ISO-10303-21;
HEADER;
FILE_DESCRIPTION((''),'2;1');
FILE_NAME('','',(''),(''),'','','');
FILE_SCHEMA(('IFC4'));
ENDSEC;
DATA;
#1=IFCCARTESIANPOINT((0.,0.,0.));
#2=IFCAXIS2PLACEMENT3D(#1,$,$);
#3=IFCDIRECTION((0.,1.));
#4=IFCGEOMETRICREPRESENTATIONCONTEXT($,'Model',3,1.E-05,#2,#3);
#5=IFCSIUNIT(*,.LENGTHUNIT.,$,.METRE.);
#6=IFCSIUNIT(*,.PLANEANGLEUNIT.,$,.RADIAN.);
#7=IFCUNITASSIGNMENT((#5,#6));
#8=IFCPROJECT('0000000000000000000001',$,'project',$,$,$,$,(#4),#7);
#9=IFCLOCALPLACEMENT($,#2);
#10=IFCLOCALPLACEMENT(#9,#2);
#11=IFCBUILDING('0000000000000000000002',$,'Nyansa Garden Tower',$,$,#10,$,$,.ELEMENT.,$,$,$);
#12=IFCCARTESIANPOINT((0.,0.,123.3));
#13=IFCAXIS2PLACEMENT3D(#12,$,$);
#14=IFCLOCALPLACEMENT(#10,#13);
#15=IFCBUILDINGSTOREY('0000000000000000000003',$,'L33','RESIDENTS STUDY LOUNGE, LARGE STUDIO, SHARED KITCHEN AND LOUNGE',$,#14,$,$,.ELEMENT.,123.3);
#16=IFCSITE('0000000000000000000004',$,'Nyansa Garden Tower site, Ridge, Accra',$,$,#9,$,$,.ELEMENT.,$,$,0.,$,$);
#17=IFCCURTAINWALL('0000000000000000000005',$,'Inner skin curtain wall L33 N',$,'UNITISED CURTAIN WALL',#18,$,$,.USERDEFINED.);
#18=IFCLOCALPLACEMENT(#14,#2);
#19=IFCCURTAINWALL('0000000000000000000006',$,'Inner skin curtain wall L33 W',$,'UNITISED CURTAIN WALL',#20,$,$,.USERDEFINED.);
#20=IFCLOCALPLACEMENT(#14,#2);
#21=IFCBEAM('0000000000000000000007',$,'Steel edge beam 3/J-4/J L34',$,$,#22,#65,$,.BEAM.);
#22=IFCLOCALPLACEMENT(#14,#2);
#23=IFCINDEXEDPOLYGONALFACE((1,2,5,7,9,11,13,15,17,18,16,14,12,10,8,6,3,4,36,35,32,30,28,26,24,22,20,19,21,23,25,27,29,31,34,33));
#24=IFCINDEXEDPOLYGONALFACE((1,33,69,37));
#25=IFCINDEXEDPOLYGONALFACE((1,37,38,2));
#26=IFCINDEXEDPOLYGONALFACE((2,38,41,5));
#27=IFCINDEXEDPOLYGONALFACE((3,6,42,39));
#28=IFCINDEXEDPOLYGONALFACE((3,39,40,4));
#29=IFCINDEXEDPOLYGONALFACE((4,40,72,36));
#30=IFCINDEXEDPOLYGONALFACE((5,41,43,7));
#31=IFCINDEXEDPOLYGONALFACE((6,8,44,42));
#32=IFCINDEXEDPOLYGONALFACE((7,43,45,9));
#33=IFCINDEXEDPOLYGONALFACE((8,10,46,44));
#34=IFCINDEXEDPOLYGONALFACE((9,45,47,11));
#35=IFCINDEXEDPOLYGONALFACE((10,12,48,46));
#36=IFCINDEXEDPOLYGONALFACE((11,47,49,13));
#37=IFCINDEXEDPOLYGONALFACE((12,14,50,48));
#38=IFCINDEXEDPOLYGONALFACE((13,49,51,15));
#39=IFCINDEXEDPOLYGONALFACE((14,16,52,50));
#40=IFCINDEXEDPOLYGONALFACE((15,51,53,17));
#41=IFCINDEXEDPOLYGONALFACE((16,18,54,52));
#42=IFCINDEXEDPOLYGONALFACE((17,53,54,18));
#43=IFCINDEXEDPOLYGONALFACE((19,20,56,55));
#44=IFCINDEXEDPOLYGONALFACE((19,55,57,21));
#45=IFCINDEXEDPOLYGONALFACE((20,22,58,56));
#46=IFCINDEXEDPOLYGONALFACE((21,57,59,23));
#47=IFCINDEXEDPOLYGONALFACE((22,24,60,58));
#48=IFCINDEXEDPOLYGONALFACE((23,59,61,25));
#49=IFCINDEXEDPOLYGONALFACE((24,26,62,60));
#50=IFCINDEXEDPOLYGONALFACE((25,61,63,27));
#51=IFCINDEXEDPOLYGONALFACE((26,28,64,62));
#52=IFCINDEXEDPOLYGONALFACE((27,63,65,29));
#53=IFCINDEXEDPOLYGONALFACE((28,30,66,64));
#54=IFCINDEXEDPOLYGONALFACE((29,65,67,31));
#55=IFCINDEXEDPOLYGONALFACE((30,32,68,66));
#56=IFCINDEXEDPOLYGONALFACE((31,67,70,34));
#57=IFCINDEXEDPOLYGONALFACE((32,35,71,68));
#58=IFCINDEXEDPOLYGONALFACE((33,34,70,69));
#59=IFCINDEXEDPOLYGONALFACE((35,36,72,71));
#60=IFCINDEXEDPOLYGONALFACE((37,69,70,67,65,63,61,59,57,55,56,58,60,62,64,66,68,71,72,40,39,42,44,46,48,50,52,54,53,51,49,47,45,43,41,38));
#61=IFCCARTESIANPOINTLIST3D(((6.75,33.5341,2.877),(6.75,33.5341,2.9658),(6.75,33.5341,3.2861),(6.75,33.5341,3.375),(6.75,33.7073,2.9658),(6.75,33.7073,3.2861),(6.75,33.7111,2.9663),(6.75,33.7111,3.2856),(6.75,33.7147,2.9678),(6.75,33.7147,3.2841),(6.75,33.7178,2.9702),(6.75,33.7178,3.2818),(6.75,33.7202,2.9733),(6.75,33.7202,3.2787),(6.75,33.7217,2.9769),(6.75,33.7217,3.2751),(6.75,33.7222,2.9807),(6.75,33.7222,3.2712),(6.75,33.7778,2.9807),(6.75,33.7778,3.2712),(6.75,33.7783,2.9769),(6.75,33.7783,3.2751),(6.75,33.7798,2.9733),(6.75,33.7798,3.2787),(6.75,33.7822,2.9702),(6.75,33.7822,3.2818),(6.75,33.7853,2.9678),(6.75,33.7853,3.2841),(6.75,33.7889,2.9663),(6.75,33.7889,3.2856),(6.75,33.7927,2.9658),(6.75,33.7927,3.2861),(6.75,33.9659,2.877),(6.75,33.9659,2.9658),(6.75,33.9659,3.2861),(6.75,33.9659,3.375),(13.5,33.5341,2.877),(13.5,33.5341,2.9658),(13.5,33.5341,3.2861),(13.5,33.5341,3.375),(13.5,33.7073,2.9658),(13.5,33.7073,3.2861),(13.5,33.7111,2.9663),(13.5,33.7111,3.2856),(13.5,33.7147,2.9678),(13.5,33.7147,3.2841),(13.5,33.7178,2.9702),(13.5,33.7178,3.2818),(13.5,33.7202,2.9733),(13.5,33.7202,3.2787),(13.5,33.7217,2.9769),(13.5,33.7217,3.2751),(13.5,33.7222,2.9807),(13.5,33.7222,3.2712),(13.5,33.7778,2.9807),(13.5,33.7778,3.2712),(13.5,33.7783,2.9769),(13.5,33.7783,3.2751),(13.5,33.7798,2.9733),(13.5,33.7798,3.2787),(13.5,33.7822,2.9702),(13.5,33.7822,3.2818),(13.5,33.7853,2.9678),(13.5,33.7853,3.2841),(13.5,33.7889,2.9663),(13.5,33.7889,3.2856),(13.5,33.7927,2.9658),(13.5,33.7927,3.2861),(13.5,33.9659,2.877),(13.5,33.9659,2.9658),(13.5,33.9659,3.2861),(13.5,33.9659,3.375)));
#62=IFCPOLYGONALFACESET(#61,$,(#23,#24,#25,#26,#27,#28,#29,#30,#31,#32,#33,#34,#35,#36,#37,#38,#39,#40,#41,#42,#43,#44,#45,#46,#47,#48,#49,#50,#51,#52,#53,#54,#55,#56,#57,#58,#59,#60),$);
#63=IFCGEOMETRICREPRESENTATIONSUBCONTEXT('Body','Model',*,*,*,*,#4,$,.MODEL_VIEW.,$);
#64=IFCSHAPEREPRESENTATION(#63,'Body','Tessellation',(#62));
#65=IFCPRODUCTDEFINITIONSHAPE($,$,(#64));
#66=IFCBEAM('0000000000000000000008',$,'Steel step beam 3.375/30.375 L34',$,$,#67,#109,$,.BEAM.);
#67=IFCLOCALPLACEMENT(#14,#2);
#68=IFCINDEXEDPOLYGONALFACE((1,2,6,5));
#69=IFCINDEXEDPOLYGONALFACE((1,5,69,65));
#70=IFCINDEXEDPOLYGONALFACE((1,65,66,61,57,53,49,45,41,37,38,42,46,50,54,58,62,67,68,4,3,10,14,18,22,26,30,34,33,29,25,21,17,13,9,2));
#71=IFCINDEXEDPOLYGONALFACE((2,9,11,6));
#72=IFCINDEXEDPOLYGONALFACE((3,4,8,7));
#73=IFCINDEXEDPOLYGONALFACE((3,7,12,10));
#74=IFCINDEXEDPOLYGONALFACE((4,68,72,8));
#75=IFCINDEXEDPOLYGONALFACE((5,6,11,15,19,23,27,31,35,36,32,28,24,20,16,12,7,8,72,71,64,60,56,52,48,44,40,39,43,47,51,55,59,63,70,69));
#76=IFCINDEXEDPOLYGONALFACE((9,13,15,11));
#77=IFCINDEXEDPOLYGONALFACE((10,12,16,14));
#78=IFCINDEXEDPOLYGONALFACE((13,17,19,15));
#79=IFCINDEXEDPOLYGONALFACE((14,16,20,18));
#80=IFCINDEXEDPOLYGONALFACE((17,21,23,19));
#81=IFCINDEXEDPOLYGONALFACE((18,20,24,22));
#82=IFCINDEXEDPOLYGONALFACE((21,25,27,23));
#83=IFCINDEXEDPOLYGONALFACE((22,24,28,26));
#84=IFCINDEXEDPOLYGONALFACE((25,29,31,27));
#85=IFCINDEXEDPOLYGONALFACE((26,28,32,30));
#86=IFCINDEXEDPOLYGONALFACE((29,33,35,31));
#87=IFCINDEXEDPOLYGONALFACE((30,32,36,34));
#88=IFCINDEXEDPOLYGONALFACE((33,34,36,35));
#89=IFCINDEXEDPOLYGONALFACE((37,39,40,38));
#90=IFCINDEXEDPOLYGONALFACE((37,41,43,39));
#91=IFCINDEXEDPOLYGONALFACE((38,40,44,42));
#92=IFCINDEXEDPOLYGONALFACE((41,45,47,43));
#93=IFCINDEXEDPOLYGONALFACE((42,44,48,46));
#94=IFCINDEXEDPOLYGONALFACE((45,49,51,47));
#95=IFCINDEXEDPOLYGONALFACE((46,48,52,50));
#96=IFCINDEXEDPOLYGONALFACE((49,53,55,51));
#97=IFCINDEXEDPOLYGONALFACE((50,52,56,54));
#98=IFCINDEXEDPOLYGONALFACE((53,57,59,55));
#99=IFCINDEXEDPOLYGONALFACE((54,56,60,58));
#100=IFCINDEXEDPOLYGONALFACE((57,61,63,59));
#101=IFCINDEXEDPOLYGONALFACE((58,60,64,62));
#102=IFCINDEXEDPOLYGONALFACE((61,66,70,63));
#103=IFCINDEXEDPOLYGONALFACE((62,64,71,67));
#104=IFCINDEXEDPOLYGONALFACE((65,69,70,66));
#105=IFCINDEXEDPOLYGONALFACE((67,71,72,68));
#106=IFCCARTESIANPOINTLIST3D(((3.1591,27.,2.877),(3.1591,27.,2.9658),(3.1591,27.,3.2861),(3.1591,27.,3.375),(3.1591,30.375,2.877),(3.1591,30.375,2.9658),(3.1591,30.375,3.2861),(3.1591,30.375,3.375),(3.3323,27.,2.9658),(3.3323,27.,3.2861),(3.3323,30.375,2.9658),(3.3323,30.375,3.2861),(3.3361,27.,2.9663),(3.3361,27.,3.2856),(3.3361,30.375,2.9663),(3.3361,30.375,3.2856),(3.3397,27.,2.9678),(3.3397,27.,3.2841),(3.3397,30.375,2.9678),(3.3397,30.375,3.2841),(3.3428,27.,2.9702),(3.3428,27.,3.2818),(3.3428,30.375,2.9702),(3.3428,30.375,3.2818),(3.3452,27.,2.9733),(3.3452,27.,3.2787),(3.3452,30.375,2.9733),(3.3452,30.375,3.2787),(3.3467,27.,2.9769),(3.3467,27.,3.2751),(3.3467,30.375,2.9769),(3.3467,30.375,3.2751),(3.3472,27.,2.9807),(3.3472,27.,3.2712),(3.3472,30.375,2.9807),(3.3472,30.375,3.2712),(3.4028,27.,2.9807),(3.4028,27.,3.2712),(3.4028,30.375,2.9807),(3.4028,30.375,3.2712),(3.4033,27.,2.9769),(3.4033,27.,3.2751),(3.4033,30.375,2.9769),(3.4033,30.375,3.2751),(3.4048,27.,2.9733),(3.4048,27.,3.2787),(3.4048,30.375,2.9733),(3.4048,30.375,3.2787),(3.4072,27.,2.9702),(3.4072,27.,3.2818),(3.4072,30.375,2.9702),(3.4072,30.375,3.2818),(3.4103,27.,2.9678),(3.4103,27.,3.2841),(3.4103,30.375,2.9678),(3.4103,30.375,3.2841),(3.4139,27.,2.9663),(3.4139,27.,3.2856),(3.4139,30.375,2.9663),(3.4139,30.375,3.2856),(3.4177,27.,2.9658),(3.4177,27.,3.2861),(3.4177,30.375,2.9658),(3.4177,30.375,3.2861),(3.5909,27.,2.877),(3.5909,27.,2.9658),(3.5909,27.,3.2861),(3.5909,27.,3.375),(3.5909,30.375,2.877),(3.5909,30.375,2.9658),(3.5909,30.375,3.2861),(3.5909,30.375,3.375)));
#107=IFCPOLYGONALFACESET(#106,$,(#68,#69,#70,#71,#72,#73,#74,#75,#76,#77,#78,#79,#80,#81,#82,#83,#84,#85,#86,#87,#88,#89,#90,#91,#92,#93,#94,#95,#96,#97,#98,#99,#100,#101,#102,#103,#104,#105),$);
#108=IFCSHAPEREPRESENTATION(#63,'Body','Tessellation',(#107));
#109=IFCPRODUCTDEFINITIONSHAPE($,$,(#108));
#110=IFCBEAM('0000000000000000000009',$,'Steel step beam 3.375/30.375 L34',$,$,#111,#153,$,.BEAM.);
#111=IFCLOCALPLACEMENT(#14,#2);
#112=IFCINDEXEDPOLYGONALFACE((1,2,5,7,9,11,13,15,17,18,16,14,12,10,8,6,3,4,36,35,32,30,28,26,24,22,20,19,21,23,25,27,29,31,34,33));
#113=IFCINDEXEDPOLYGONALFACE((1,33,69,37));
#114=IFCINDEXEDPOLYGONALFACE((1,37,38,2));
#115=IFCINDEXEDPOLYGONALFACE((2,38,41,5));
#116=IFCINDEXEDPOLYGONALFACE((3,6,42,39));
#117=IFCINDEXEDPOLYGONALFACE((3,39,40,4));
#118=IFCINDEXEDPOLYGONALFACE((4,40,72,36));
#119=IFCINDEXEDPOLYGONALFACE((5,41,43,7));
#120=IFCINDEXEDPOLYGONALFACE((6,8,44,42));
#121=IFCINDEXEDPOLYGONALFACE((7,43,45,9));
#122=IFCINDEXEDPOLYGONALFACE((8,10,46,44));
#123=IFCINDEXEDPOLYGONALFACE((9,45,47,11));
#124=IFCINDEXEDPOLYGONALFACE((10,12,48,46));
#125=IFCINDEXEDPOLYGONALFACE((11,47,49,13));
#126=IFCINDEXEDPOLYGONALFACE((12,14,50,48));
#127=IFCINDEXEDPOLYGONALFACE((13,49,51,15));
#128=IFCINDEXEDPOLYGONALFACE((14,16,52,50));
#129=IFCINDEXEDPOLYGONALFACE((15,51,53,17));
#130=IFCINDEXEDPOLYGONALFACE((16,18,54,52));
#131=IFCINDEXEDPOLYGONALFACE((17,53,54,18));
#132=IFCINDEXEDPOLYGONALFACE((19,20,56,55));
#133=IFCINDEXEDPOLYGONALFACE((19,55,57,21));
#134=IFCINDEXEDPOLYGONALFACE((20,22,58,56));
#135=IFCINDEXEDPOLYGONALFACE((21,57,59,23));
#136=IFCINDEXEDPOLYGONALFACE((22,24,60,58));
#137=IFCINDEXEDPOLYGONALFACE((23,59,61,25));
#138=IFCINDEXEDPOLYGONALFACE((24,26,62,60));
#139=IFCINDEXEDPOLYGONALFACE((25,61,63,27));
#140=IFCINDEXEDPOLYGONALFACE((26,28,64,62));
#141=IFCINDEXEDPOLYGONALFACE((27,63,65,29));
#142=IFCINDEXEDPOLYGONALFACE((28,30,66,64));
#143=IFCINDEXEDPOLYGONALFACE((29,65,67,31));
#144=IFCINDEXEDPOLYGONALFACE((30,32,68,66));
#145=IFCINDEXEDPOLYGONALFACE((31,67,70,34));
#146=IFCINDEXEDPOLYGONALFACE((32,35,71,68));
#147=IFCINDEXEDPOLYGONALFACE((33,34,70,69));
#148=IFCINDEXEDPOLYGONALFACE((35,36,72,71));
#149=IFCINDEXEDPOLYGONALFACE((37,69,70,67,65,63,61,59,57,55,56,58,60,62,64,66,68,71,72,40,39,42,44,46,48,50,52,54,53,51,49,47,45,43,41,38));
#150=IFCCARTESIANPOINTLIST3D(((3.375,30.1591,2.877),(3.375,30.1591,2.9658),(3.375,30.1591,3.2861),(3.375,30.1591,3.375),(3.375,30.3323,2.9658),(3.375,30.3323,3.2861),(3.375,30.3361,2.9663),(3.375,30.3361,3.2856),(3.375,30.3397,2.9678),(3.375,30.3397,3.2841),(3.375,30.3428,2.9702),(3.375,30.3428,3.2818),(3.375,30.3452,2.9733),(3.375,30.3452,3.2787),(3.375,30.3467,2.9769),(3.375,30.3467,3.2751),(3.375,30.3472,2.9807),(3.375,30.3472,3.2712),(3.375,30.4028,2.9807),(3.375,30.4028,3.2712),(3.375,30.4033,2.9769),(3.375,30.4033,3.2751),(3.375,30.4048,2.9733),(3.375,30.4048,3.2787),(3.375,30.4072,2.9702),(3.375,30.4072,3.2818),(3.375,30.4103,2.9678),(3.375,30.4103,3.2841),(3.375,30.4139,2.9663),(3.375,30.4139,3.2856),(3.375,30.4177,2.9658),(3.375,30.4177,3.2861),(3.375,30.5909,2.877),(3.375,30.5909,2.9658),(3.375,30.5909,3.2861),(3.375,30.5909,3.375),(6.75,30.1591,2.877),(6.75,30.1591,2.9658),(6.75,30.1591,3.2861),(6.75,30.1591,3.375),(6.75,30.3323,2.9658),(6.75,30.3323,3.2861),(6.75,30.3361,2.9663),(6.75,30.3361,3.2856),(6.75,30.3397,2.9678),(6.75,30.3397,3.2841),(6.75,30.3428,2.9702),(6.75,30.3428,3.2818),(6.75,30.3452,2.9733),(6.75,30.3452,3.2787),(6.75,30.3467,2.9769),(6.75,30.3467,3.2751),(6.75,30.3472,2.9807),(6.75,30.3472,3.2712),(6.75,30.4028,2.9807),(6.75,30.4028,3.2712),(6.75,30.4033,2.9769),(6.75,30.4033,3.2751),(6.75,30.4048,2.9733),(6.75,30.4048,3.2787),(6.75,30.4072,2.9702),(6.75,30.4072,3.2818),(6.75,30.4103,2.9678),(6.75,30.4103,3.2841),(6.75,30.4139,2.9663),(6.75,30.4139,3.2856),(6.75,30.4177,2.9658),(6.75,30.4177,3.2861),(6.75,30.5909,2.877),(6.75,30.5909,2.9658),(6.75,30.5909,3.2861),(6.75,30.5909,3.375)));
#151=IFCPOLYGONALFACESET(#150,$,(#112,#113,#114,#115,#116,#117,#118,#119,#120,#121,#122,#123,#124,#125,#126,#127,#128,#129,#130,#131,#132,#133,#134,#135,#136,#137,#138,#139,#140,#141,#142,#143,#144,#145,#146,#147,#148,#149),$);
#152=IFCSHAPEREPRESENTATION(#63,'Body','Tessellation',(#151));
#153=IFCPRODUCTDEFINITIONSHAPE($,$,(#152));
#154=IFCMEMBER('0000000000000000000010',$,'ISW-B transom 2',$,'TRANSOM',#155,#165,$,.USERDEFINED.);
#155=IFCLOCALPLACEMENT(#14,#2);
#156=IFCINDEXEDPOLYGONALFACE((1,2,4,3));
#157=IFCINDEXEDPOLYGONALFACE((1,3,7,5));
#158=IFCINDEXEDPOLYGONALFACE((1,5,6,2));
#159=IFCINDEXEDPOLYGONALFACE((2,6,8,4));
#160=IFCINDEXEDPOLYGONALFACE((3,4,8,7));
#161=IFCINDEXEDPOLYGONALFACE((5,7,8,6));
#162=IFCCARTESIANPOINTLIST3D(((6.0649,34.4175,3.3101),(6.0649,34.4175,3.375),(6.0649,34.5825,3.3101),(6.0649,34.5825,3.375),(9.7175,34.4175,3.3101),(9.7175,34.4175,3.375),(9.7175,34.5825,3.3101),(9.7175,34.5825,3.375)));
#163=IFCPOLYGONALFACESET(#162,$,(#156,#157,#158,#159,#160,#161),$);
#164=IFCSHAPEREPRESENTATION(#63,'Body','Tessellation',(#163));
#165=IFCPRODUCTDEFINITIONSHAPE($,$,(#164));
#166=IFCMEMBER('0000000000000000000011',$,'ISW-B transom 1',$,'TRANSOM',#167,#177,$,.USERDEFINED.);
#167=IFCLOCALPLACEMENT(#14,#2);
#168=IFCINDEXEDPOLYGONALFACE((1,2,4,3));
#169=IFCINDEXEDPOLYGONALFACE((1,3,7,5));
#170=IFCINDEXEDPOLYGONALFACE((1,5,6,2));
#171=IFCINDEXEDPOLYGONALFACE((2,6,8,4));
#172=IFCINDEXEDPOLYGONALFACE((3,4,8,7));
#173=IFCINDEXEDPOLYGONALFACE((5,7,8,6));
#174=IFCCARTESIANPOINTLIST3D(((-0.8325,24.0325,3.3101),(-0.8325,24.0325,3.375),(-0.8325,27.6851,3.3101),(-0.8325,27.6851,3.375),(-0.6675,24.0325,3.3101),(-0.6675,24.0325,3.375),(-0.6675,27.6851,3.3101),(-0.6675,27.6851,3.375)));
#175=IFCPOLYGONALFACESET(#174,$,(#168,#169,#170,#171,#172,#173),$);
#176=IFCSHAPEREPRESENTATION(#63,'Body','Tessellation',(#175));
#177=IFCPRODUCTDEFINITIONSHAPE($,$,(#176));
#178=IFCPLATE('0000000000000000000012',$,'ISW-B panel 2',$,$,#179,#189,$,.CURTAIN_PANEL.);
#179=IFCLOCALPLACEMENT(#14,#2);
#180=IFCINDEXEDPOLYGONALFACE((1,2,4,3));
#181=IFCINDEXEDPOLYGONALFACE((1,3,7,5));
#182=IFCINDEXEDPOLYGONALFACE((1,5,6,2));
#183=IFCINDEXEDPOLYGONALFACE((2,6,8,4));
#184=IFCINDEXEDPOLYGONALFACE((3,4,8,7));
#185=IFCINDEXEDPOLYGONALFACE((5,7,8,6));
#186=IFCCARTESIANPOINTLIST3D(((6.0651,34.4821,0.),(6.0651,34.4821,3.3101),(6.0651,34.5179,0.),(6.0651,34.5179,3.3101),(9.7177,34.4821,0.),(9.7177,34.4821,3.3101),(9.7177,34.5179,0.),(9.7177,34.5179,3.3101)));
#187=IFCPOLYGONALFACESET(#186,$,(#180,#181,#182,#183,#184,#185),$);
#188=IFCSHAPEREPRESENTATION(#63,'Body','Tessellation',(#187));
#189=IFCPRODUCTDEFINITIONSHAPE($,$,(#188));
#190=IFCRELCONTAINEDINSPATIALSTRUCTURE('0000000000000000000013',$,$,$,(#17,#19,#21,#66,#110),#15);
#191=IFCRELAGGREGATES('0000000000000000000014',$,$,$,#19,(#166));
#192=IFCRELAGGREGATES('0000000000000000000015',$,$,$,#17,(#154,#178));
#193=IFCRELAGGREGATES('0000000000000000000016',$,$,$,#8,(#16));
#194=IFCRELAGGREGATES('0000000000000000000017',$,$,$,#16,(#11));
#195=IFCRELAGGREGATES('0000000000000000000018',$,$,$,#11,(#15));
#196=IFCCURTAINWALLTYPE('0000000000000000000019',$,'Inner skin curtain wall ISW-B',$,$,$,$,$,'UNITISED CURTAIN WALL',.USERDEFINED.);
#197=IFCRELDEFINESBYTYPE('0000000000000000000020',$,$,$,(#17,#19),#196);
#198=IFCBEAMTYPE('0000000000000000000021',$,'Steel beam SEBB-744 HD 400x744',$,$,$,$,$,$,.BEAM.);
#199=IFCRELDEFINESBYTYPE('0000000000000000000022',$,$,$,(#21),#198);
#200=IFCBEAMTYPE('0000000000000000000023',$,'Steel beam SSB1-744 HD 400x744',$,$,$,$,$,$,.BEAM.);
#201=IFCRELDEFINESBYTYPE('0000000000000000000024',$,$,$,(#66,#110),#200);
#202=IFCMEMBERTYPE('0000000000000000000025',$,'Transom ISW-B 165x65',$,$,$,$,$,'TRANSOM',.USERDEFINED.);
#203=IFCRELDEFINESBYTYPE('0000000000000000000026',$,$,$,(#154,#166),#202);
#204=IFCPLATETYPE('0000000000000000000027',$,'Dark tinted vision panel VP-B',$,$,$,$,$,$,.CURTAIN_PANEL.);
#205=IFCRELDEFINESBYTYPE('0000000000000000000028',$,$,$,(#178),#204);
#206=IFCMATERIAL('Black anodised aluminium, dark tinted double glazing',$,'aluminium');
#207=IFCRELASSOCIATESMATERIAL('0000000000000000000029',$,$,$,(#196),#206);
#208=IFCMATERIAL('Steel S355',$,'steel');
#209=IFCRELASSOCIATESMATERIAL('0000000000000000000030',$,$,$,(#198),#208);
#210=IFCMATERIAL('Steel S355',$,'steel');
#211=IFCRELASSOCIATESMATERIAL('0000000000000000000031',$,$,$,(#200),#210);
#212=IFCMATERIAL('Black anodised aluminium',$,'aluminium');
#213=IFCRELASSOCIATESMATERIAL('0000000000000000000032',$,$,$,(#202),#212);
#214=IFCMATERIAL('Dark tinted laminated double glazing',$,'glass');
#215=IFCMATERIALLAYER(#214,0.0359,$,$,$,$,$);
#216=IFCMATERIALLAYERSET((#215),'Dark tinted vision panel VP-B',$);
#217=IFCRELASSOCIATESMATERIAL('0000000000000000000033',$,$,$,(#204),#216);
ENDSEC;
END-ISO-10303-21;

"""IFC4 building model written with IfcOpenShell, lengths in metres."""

from ifc_helpers import new_model, si_unit, direction, frame, origin, origin_2d, place, context, subcontext, project, spatial, rectangle, i_section, extrude, material, layer, layer_set, material_profile, profile_set, type_object, element, aggregate, save


model = new_model("IFC4")

# Units and contexts
model_context = context("Model", 3, precision=1e-05, world=origin(), true_north=direction((0.0, 1.0)))
body_context = subcontext(model_context, "Body", "Model", "MODEL_VIEW")
ifc_project = project(units=[si_unit("LENGTHUNIT", "METRE"), si_unit("PLANEANGLEUNIT", "RADIAN")], contexts=[model_context])

# Site, building, storey
site_placement = place(None, origin())
site = spatial("IfcSite", under=ifc_project, at=site_placement, Name="Nyansa Garden Tower site, Ridge, Accra", CompositionType="ELEMENT", RefElevation=0.0)
building_placement = place(site_placement, origin())
building = spatial("IfcBuilding", under=site, at=building_placement, Name="Nyansa Garden Tower", CompositionType="ELEMENT")
storey_placement = place(building_placement, frame((0.0, 0.0, 123.3)))
storey = spatial("IfcBuildingStorey", under=building, at=storey_placement, Name="L33", Description="RESIDENTS STUDY LOUNGE, LARGE STUDIO, SHARED KITCHEN AND LOUNGE", CompositionType="ELEMENT", Elevation=123.3)

# Curtain wall
ifc_material_1 = material(Name="Black anodised aluminium, dark tinted double glazing", Category="aluminium")
curtain_wall_type = type_object("IfcCurtainWallType", Name="Inner skin curtain wall ISW-B", ElementType="UNITISED CURTAIN WALL", PredefinedType="USERDEFINED", material=ifc_material_1)
curtain_wall_1_placement = place(storey_placement, origin())
curtain_wall_1 = element("IfcCurtainWall", 1, at=curtain_wall_1_placement, inside=storey, type_object=curtain_wall_type, Name="Inner skin curtain wall L33 N", ObjectType="UNITISED CURTAIN WALL", PredefinedType="USERDEFINED")

# Curtain wall
curtain_wall_2_placement = place(storey_placement, origin())
curtain_wall_2 = element("IfcCurtainWall", 2, at=curtain_wall_2_placement, inside=storey, type_object=curtain_wall_type, Name="Inner skin curtain wall L33 W", ObjectType="UNITISED CURTAIN WALL", PredefinedType="USERDEFINED")

# Beams
ifc_material_2 = material(Name="Steel S355", Category="steel")
ifc_material_profile_1 = material_profile(ifc_material_2, i_section(OverallWidth=0.4319, OverallDepth=0.498, WebThickness=0.0557, FlangeThickness=0.0889, FilletRadius=0.0149, at=origin_2d()), Name="HD 400x744")
ifc_profile_set_1 = profile_set([ifc_material_profile_1], Name="Steel S355")
beam_type_1 = type_object("IfcBeamType", Name="Steel beam SEBB-744 HD 400x744", PredefinedType="BEAM", material=ifc_profile_set_1)
beam_1_placement = place(storey_placement, frame((6.75, 33.75, 3.126), z_axis=(1.0, 0.0, 0.0), x_axis=(0.0, 1.0, 0.0)))
element("IfcBeam", 3, at=beam_1_placement, inside=storey, type_object=beam_type_1, Name="Steel edge beam 3/J-4/J L34", PredefinedType="BEAM", context=body_context, shape_type="SweptSolid", body=[
    extrude(i_section(OverallWidth=0.4319, OverallDepth=0.498, WebThickness=0.0557, FlangeThickness=0.0889, FilletRadius=0.0149, at=origin_2d()), origin(), (0.0, 0.0, 1.0), 6.75),
])
ifc_material_3 = material(Name="Steel S355", Category="steel")
ifc_material_profile_2 = material_profile(ifc_material_3, i_section(OverallWidth=0.4319, OverallDepth=0.498, WebThickness=0.0557, FlangeThickness=0.0889, FilletRadius=0.0149, at=origin_2d()), Name="HD 400x744")
ifc_profile_set_2 = profile_set([ifc_material_profile_2], Name="Steel S355")
beam_type_2 = type_object("IfcBeamType", Name="Steel beam SSB1-744 HD 400x744", PredefinedType="BEAM", material=ifc_profile_set_2)
for number, where, z_axis, x_axis, name in (
    (4, (3.375, 30.375, 3.126), (0.0, -1.0, 0.0), (1.0, 0.0, 0.0), "Steel step beam 3.375/30.375 L34"),
    (5, (3.375, 30.375, 3.126), (1.0, 0.0, 0.0), (0.0, 1.0, 0.0), "Steel step beam 3.375/30.375 L34"),
):
    element("IfcBeam", number, at=place(storey_placement, frame(where, z_axis=z_axis, x_axis=x_axis)), inside=storey, type_object=beam_type_2, Name=name, PredefinedType="BEAM", context=body_context, shape_type="SweptSolid", body=[
        extrude(i_section(OverallWidth=0.4319, OverallDepth=0.498, WebThickness=0.0557, FlangeThickness=0.0889, FilletRadius=0.0149, at=origin_2d()), origin(), (0.0, 0.0, 1.0), 3.375),
    ])

# Members
ifc_material_4 = material(Name="Black anodised aluminium", Category="aluminium")
ifc_material_profile_3 = material_profile(ifc_material_4, rectangle(XDim=0.165, YDim=0.0649, at=origin_2d()), Name="Transom 165x65")
ifc_profile_set_3 = profile_set([ifc_material_profile_3], Name="Black anodised aluminium")
member_type_1 = type_object("IfcMemberType", Name="Transom ISW-B 165x65", ElementType="TRANSOM", PredefinedType="USERDEFINED", material=ifc_profile_set_3)
member_1_placement = place(storey_placement, frame((9.7175, 34.5, 3.3425), z_axis=(-1.0, 0.0, 0.0), x_axis=(0.0, -1.0, 0.0)))
member_1 = element("IfcMember", 6, at=member_1_placement, type_object=member_type_1, Name="ISW-B transom 2", ObjectType="TRANSOM", PredefinedType="USERDEFINED", context=body_context, shape_type="SweptSolid", body=[
    extrude(rectangle(XDim=0.165, YDim=0.0649, at=origin_2d()), origin(), (0.0, 0.0, 1.0), 3.6526),
])
member_2_placement = place(storey_placement, frame((-0.75, 27.6851, 3.3425), z_axis=(0.0, -1.0, 0.0), x_axis=(1.0, 0.0, 0.0)))
member_2 = element("IfcMember", 7, at=member_2_placement, type_object=member_type_1, Name="ISW-B transom 1", ObjectType="TRANSOM", PredefinedType="USERDEFINED", context=body_context, shape_type="SweptSolid", body=[
    extrude(rectangle(XDim=0.165, YDim=0.0649, at=origin_2d()), origin(), (0.0, 0.0, 1.0), 3.6526),
])
aggregate(curtain_wall_2, [member_2])

# Plate
ifc_material_5 = material(Name="Dark tinted laminated double glazing", Category="glass")
ifc_layer_1 = layer(ifc_material_5, 0.0359)
ifc_layer_set_1 = layer_set([ifc_layer_1], Name="Dark tinted vision panel VP-B")
plate_type = type_object("IfcPlateType", Name="Dark tinted vision panel VP-B", PredefinedType="CURTAIN_PANEL", material=ifc_layer_set_1)
plate_placement = place(storey_placement, frame((7.8914, 34.5, 0.0), z_axis=(0.0, 0.0, 1.0), x_axis=(-1.0, 0.0, 0.0)))
plate = element("IfcPlate", 8, at=plate_placement, type_object=plate_type, Name="ISW-B panel 2", PredefinedType="CURTAIN_PANEL", context=body_context, shape_type="SweptSolid", body=[
    extrude(rectangle(XDim=3.6526, YDim=0.0359, at=origin_2d()), origin(), (0.0, 0.0, 1.0), 3.3101),
])
aggregate(curtain_wall_1, [member_1, plate])

save(model, "model.ifc")
